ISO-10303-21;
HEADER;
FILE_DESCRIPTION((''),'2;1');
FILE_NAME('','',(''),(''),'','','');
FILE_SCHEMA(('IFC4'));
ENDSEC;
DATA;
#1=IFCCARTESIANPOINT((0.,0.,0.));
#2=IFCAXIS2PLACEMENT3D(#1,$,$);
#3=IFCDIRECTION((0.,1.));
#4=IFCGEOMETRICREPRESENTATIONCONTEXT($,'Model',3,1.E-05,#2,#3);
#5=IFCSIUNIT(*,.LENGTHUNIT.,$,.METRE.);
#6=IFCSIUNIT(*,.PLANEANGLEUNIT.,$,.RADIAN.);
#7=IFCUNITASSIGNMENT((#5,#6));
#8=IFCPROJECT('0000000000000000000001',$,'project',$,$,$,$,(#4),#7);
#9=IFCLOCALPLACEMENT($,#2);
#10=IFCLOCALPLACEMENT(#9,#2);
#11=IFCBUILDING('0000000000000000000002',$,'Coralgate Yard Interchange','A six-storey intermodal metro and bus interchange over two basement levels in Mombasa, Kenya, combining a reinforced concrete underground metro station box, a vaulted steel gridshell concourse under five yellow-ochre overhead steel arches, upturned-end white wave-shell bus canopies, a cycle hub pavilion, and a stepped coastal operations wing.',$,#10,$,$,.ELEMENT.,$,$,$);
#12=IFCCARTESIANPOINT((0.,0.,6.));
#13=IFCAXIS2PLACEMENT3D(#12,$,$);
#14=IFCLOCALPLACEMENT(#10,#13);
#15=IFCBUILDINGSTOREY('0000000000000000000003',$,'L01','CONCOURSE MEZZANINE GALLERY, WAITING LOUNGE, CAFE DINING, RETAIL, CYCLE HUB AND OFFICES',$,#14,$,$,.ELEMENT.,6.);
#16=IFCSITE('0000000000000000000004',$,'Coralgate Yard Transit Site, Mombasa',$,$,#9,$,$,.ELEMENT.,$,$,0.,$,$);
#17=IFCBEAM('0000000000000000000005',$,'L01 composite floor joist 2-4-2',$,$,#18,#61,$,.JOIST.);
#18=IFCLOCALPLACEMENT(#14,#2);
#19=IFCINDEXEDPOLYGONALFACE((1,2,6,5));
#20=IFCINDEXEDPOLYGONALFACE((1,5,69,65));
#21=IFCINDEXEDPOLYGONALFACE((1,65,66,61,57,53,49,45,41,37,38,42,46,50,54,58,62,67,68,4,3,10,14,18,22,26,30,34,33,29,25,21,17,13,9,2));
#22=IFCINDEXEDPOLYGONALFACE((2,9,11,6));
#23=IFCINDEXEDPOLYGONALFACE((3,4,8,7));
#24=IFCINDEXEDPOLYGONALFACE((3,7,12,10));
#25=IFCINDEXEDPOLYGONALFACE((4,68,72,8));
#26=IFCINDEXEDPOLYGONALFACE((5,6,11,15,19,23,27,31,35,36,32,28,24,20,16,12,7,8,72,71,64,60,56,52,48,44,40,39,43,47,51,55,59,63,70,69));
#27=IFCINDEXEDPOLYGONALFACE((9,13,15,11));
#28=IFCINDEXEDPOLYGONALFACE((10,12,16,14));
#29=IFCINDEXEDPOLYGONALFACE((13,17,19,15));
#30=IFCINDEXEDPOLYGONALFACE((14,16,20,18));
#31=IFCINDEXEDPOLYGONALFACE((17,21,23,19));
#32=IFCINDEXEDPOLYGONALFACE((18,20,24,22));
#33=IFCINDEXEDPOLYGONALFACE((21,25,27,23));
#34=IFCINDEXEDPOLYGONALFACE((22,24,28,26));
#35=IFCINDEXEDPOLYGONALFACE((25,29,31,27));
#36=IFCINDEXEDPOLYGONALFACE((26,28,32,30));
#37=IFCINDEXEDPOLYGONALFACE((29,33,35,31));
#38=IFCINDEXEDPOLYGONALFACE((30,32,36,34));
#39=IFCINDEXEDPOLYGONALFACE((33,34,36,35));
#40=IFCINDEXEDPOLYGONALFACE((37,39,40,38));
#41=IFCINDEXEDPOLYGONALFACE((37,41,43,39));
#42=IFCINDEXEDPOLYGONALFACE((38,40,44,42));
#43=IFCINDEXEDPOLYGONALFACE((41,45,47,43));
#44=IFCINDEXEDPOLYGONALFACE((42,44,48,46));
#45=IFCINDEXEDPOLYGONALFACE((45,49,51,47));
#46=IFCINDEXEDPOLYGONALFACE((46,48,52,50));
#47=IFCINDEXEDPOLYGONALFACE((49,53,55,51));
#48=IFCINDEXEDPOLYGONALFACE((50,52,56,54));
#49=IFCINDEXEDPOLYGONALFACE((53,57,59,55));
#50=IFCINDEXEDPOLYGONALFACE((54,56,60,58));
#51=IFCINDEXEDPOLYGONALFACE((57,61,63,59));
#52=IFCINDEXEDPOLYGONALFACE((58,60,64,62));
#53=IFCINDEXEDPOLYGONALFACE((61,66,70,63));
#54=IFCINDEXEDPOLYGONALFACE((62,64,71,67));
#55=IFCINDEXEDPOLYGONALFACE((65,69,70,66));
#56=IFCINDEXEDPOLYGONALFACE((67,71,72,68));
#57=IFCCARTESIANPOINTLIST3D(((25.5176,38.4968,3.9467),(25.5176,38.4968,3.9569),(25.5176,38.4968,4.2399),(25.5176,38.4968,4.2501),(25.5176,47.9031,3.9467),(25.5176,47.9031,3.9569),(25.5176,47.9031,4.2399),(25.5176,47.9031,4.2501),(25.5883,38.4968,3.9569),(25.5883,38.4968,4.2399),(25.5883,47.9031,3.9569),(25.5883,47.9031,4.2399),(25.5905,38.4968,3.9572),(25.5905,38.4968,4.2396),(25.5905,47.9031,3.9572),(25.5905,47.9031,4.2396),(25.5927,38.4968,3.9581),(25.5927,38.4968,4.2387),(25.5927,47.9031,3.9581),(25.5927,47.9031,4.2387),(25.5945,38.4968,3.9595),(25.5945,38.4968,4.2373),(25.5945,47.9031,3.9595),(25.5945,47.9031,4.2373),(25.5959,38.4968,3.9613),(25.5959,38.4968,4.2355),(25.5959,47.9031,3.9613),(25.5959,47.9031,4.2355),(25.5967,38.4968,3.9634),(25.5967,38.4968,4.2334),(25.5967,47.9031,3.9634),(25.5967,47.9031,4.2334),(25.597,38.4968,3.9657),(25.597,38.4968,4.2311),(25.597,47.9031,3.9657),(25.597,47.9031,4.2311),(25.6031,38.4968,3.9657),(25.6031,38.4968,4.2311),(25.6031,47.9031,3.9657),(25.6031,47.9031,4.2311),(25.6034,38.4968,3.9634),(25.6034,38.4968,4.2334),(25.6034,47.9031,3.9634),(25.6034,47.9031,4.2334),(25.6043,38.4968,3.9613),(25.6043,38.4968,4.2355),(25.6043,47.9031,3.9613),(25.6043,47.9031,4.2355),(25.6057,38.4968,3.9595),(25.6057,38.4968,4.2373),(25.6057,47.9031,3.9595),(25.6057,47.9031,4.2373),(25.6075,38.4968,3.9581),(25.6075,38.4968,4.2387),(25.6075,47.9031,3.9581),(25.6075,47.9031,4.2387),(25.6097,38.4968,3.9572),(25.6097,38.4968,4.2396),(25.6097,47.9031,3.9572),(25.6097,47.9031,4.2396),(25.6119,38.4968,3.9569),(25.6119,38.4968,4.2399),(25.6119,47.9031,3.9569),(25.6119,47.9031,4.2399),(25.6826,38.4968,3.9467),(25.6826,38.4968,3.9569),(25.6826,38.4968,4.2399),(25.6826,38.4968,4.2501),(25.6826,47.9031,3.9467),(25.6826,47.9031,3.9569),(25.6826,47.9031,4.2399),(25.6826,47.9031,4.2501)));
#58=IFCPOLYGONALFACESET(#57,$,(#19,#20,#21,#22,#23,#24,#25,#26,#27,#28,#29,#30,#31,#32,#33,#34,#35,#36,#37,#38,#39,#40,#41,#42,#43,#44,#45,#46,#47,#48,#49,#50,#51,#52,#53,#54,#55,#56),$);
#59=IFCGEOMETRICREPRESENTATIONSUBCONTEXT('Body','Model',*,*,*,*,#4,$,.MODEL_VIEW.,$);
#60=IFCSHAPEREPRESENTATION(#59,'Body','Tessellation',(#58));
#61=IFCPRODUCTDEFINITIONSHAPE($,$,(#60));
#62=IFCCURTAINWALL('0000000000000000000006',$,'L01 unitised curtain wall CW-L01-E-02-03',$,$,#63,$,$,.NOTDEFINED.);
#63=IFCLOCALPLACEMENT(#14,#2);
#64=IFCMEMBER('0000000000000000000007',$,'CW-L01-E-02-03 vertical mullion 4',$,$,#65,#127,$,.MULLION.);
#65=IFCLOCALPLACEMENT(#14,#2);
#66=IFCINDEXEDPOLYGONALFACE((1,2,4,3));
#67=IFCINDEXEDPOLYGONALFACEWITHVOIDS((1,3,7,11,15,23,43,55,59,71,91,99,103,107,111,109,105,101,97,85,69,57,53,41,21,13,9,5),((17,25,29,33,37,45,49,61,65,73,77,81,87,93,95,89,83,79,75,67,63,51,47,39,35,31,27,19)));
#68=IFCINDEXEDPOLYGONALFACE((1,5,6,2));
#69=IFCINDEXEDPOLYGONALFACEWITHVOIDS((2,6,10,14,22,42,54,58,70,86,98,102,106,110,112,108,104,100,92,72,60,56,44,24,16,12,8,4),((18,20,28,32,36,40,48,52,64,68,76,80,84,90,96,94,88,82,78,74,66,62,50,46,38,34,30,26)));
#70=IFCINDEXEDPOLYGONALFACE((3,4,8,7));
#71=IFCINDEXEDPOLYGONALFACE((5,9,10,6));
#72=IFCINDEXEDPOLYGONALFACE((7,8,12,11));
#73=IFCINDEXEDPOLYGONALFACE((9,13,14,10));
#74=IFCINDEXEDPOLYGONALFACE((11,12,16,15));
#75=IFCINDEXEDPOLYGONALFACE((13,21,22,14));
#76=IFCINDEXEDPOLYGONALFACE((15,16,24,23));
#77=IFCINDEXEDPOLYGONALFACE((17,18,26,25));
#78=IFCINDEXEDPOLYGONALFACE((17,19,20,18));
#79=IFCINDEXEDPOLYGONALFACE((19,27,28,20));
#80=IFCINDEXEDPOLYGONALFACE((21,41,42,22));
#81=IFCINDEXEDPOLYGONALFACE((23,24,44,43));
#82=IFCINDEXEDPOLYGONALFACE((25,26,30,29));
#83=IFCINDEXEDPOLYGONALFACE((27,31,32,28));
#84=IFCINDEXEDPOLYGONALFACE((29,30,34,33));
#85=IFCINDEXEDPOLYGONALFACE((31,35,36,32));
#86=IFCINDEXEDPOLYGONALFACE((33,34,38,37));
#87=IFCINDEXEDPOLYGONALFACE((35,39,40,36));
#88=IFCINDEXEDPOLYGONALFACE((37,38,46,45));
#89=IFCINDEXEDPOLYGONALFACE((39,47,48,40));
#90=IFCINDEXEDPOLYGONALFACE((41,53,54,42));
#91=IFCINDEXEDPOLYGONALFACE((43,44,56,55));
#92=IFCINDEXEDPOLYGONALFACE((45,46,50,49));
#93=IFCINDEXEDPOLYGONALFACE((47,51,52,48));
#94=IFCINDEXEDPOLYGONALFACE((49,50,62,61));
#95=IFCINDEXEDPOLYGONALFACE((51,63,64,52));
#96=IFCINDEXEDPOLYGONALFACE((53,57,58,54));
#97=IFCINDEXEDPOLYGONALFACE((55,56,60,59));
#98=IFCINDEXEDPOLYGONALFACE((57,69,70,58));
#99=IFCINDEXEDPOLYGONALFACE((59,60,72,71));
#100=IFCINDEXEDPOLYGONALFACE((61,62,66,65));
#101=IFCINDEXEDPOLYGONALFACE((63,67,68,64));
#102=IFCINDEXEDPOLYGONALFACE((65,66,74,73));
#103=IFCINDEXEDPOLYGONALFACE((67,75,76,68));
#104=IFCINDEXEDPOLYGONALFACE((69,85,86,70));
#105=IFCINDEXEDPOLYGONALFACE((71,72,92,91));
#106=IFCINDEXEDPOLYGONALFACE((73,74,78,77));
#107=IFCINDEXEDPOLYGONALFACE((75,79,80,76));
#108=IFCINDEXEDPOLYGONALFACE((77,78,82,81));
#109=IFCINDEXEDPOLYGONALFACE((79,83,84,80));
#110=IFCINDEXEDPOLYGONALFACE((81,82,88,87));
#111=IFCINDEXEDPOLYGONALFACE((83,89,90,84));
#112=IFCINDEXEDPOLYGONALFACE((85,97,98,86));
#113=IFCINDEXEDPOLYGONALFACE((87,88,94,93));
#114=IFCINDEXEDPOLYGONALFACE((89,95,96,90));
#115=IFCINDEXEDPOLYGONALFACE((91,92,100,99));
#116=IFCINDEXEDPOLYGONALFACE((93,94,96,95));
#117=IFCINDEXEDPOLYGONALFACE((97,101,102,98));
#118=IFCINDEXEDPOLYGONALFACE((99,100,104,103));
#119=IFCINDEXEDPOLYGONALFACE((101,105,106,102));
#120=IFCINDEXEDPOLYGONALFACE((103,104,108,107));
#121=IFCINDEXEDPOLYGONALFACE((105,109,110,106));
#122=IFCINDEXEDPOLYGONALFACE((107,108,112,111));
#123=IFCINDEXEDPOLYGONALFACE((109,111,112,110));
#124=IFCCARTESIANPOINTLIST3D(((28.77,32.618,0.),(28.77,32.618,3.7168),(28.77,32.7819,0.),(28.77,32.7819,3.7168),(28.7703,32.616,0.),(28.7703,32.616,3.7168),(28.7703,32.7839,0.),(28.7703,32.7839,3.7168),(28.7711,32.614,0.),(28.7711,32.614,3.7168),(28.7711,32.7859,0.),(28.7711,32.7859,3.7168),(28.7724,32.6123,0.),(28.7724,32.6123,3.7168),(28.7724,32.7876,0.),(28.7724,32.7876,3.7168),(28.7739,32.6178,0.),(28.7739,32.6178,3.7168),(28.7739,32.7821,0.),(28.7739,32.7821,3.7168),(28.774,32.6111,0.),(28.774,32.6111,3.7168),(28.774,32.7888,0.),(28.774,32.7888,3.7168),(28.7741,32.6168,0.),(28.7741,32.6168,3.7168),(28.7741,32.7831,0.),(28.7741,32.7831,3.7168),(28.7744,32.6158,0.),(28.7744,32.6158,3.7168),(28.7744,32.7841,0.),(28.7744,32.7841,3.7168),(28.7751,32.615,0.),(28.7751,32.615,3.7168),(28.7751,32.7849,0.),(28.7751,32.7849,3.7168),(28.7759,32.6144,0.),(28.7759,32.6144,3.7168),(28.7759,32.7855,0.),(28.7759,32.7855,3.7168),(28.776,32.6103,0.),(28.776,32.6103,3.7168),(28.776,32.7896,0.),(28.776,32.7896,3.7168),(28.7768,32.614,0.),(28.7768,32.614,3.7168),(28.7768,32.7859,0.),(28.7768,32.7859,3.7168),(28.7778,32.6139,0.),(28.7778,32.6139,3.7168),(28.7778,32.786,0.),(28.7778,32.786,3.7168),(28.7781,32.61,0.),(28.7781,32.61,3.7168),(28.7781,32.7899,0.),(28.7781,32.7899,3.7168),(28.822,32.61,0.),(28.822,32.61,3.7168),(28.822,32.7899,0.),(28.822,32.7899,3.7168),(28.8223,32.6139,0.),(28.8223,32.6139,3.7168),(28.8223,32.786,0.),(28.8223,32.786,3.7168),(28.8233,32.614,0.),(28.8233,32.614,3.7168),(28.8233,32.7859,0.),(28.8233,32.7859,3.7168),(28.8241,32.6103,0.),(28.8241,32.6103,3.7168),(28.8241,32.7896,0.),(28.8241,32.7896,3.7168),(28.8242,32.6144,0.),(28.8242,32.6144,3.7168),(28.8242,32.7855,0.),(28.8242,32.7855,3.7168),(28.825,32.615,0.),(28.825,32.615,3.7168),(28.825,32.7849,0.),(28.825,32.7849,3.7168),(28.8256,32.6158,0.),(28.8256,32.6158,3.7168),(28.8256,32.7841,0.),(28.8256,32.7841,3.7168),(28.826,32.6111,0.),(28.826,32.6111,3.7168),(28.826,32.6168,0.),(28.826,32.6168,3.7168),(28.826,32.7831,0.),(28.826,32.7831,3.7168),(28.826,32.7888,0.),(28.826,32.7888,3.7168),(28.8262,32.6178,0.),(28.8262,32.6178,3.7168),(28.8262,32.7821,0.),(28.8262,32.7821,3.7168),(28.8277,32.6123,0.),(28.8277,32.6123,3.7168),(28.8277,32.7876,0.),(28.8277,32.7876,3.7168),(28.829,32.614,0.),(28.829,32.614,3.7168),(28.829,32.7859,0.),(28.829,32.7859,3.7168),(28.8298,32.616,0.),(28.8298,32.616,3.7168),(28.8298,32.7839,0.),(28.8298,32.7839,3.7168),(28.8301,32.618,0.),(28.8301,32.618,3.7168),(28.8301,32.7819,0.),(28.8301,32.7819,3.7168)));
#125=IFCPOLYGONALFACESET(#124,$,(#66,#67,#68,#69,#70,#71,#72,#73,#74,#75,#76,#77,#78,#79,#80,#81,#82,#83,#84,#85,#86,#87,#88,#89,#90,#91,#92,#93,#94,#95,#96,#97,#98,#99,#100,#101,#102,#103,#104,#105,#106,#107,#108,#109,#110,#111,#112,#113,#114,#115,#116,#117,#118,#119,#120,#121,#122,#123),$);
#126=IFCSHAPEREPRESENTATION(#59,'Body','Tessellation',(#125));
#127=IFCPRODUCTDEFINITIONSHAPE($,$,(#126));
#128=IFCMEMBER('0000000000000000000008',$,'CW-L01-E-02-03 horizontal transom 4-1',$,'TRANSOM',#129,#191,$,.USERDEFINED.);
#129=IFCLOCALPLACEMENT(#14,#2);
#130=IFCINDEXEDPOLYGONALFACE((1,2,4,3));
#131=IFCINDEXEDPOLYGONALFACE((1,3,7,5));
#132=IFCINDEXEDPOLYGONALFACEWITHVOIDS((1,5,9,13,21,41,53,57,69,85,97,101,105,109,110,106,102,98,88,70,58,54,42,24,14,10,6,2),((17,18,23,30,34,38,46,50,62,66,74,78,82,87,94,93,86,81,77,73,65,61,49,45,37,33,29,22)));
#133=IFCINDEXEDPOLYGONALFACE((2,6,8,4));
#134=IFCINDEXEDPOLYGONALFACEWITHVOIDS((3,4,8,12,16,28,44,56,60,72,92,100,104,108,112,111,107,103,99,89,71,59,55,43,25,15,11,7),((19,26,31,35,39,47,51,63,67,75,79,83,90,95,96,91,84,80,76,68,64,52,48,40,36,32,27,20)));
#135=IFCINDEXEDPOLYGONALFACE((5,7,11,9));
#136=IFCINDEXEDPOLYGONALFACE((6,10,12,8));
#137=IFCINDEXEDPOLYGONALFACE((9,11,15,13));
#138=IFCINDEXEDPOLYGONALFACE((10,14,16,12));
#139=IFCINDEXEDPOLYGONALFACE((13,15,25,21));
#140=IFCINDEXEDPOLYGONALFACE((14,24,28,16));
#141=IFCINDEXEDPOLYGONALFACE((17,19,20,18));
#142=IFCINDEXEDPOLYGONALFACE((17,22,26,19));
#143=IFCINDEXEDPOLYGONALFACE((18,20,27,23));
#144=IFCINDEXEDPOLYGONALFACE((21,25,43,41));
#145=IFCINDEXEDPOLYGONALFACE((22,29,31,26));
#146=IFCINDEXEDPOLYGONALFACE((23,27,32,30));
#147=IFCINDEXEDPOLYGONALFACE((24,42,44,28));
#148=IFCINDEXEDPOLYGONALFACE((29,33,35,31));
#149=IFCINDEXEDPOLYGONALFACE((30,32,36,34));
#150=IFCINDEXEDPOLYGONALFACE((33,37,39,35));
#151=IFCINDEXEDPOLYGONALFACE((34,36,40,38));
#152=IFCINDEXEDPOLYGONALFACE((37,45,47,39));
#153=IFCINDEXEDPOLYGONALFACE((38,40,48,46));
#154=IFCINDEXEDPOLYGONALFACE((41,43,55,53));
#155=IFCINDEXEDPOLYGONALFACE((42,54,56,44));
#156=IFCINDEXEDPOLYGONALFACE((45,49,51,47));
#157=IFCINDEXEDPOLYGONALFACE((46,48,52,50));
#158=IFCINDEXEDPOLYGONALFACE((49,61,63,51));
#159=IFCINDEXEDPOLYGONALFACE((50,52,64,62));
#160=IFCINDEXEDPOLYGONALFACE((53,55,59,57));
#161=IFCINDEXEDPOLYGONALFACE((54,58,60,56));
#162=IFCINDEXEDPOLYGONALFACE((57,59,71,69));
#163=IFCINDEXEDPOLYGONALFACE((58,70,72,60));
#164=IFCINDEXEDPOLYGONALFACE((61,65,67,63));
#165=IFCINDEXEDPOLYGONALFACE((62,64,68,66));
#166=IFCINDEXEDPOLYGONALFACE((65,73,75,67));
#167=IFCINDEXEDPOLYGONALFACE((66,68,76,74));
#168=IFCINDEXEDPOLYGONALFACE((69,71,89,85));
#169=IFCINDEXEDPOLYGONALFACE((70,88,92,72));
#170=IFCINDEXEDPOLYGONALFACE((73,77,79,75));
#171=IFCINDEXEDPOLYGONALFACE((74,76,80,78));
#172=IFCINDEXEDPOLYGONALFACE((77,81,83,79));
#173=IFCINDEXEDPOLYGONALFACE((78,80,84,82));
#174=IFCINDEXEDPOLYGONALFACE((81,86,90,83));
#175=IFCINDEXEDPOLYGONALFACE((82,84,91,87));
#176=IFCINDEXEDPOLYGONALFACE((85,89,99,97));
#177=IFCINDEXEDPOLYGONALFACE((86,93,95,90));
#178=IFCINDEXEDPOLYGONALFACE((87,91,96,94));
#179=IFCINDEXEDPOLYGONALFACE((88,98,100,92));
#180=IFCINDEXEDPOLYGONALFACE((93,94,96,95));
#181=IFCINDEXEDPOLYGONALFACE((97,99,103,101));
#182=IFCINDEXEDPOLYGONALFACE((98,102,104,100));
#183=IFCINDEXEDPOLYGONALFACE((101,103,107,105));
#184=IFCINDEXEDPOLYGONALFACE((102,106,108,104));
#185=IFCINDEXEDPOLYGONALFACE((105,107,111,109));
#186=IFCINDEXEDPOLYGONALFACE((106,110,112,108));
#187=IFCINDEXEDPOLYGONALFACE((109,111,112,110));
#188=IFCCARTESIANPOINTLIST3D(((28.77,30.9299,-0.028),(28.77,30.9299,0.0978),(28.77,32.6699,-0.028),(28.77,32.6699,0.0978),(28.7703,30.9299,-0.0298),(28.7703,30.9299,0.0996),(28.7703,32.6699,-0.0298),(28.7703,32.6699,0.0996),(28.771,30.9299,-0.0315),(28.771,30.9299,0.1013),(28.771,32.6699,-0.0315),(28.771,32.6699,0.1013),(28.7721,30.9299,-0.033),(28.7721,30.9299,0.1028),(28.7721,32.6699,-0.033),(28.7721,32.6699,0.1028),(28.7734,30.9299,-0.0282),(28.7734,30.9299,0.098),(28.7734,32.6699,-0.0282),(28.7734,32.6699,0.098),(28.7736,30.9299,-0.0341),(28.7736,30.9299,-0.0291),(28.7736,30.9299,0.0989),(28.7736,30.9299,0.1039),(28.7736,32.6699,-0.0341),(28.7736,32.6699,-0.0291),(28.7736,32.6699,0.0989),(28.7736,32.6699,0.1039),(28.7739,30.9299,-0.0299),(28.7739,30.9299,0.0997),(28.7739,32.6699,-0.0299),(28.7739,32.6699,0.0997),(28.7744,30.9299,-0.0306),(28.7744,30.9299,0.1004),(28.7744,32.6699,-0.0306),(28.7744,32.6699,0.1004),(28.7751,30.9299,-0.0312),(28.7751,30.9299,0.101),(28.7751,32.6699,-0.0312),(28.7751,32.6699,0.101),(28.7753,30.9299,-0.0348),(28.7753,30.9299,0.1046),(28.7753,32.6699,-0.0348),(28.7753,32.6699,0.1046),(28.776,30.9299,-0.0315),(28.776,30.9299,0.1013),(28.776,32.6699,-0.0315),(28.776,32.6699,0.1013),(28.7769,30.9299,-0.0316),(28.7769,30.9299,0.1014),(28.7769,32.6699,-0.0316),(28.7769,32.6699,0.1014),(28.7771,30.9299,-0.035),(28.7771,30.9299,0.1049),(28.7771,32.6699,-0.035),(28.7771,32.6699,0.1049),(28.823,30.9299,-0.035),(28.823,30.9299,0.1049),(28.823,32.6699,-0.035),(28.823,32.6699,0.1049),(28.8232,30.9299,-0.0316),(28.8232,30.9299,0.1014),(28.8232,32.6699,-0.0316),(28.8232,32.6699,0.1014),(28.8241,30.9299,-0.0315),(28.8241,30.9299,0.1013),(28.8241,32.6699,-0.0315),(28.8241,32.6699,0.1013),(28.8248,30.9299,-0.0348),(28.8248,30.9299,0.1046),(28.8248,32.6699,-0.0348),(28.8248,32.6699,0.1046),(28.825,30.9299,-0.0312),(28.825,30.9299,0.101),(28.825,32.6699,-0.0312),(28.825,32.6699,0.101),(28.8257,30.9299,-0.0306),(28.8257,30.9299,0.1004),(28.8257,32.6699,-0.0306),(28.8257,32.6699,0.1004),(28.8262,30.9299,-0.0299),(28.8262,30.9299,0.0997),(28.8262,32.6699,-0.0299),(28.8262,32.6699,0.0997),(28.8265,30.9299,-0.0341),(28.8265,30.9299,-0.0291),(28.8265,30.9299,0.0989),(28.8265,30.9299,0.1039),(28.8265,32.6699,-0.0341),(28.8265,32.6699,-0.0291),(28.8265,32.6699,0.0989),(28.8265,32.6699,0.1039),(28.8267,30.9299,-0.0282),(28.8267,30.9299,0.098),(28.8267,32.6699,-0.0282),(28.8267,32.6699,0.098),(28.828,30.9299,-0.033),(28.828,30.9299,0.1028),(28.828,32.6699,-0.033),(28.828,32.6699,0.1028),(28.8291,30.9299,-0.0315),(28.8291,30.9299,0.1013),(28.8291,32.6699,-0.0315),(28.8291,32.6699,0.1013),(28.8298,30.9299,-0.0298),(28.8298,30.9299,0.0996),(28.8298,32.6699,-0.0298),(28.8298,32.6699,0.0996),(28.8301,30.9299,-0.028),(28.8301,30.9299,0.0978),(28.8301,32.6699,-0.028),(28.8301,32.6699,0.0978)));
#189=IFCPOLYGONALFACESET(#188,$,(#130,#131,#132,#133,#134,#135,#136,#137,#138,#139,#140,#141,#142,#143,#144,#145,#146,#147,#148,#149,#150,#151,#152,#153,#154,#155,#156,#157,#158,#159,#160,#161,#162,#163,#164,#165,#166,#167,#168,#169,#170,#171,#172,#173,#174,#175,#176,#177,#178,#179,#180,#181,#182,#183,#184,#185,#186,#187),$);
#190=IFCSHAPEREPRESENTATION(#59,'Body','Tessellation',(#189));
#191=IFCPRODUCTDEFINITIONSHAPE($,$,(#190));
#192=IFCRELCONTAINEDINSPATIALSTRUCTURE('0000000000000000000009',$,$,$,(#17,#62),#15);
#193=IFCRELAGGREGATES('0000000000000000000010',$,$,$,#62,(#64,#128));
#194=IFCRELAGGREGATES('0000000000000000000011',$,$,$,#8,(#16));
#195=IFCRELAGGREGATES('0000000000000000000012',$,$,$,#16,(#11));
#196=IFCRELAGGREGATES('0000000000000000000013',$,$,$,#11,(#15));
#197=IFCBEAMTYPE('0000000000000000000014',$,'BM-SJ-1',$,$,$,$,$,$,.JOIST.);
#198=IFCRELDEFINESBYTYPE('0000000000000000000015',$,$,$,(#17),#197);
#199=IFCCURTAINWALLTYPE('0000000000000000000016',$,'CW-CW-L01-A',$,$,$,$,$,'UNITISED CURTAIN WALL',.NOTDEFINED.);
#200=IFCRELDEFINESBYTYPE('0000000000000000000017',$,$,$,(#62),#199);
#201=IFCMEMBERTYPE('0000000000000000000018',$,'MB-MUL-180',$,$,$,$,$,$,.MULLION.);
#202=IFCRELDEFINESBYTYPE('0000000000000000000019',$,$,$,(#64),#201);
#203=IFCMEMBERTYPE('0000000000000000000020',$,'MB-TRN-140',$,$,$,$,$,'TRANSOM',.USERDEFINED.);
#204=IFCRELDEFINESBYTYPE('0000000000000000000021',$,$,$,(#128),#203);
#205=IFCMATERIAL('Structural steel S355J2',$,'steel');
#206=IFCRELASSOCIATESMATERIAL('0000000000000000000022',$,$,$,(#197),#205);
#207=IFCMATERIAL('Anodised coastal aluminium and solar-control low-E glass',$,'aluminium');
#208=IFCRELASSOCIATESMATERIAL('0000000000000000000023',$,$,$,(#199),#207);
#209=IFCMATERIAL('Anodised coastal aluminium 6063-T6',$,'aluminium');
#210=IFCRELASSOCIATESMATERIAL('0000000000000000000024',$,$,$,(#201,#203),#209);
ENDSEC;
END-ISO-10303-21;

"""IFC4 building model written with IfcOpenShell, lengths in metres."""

from ifc_helpers import new_model, si_unit, direction, frame, origin, origin_2d, place, context, subcontext, project, spatial, hollow_rectangle, i_section, extrude, material, material_profile, profile_set, type_object, element, aggregate, save


model = new_model("IFC4")

# Units and contexts
model_context = context("Model", 3, precision=1e-05, world=origin(), true_north=direction((0.0, 1.0)))
body_context = subcontext(model_context, "Body", "Model", "MODEL_VIEW")
ifc_project = project(units=[si_unit("LENGTHUNIT", "METRE"), si_unit("PLANEANGLEUNIT", "RADIAN")], contexts=[model_context])

# Site, building, storey
site_placement = place(None, origin())
site = spatial("IfcSite", under=ifc_project, at=site_placement, Name="Coralgate Yard Transit Site, Mombasa", CompositionType="ELEMENT", RefElevation=0.0)
building_placement = place(site_placement, origin())
building = spatial("IfcBuilding", under=site, at=building_placement, Name="Coralgate Yard Interchange", Description="A six-storey intermodal metro and bus interchange over two basement levels in Mombasa, Kenya, combining a reinforced concrete underground metro station box, a vaulted steel gridshell concourse under five yellow-ochre overhead steel arches, upturned-end white wave-shell bus canopies, a cycle hub pavilion, and a stepped coastal operations wing.", CompositionType="ELEMENT")
storey_placement = place(building_placement, frame((0.0, 0.0, 6.0)))
storey = spatial("IfcBuildingStorey", under=building, at=storey_placement, Name="L01", Description="CONCOURSE MEZZANINE GALLERY, WAITING LOUNGE, CAFE DINING, RETAIL, CYCLE HUB AND OFFICES", CompositionType="ELEMENT", Elevation=6.0)

# Shared definitions
ifc_material_1 = material(Name="Structural steel S355J2", Category="steel")

# Beam
ifc_material_profile_1 = material_profile(ifc_material_1, i_section(OverallWidth=0.165, OverallDepth=0.3035, WebThickness=0.0061, FlangeThickness=0.0103, FilletRadius=0.0088, at=origin_2d()), Name="UB 305x165x40")
ifc_profile_set_1 = profile_set([ifc_material_profile_1], Name="Structural steel S355J2")
beam_type_1 = type_object("IfcBeamType", Name="BM-SJ-1", PredefinedType="JOIST", material=ifc_profile_set_1)
for number, where, z_axis, x_axis, name in (
    (1, (25.6001, 38.4968, 4.0984), (0.0, 1.0, 0.0), (-1.0, 0.0, 0.0), "L01 composite floor joist 2-4-2"),
):
    element("IfcBeam", number, at=place(storey_placement, frame(where, z_axis=z_axis, x_axis=x_axis)), inside=storey, type_object=beam_type_1, Name=name, PredefinedType="JOIST", context=body_context, shape_type="SweptSolid", body=[
        extrude(i_section(OverallWidth=0.165, OverallDepth=0.3035, WebThickness=0.0061, FlangeThickness=0.0103, FilletRadius=0.0088, at=origin_2d()), origin(), (0.0, 0.0, 1.0), 9.4062),
    ])

# Curtain wall, members
ifc_material_2 = material(Name="Anodised coastal aluminium and solar-control low-E glass", Category="aluminium")
curtain_wall_type = type_object("IfcCurtainWallType", Name="CW-CW-L01-A", ElementType="UNITISED CURTAIN WALL", PredefinedType="NOTDEFINED", material=ifc_material_2)
curtain_wall_placement = place(storey_placement, origin())
curtain_wall = element("IfcCurtainWall", 2, at=curtain_wall_placement, inside=storey, type_object=curtain_wall_type, Name="L01 unitised curtain wall CW-L01-E-02-03", PredefinedType="NOTDEFINED")
ifc_material_3 = material(Name="Anodised coastal aluminium 6063-T6", Category="aluminium")
ifc_material_profile_2 = material_profile(ifc_material_3, hollow_rectangle(XDim=0.0601, YDim=0.1799, WallThickness=0.0039, InnerFilletRadius=0.0039, OuterFilletRadius=0.0081, at=origin_2d()), Name="ALU 60x180x4")
ifc_profile_set_2 = profile_set([ifc_material_profile_2], Name="Anodised coastal aluminium 6063-T6")
member_type_1 = type_object("IfcMemberType", Name="MB-MUL-180", PredefinedType="MULLION", material=ifc_profile_set_2)
member_1_placement = place(storey_placement, frame((28.8, 32.7, 0.0), z_axis=(0.0, 0.0, 1.0), x_axis=(1.0, 0.0, 0.0)))
member_1 = element("IfcMember", 3, at=member_1_placement, type_object=member_type_1, Name="CW-L01-E-02-03 vertical mullion 4", PredefinedType="MULLION", context=body_context, shape_type="SweptSolid", body=[
    extrude(hollow_rectangle(XDim=0.0601, YDim=0.1799, WallThickness=0.0039, InnerFilletRadius=0.0039, OuterFilletRadius=0.0081, at=origin_2d()), origin(), (0.0, 0.0, 1.0), 3.7168),
])
ifc_material_profile_3 = material_profile(ifc_material_3, hollow_rectangle(XDim=0.0601, YDim=0.1399, WallThickness=0.0034, InnerFilletRadius=0.0034, OuterFilletRadius=0.0071, at=origin_2d()), Name="ALU 60x140x3.5")
ifc_profile_set_3 = profile_set([ifc_material_profile_3], Name="Anodised coastal aluminium 6063-T6")
member_type_2 = type_object("IfcMemberType", Name="MB-TRN-140", ElementType="TRANSOM", PredefinedType="USERDEFINED", material=ifc_profile_set_3)
member_2_placement = place(storey_placement, frame((28.8, 32.6699, 0.0349), z_axis=(0.0, -1.0, 0.0), x_axis=(1.0, 0.0, 0.0)))
member_2 = element("IfcMember", 4, at=member_2_placement, type_object=member_type_2, Name="CW-L01-E-02-03 horizontal transom 4-1", ObjectType="TRANSOM", PredefinedType="USERDEFINED", context=body_context, shape_type="SweptSolid", body=[
    extrude(hollow_rectangle(XDim=0.0601, YDim=0.1399, WallThickness=0.0034, InnerFilletRadius=0.0034, OuterFilletRadius=0.0071, at=origin_2d()), origin(), (0.0, 0.0, 1.0), 1.74),
])
aggregate(curtain_wall, [member_1, member_2])

save(model, "model.ifc")
